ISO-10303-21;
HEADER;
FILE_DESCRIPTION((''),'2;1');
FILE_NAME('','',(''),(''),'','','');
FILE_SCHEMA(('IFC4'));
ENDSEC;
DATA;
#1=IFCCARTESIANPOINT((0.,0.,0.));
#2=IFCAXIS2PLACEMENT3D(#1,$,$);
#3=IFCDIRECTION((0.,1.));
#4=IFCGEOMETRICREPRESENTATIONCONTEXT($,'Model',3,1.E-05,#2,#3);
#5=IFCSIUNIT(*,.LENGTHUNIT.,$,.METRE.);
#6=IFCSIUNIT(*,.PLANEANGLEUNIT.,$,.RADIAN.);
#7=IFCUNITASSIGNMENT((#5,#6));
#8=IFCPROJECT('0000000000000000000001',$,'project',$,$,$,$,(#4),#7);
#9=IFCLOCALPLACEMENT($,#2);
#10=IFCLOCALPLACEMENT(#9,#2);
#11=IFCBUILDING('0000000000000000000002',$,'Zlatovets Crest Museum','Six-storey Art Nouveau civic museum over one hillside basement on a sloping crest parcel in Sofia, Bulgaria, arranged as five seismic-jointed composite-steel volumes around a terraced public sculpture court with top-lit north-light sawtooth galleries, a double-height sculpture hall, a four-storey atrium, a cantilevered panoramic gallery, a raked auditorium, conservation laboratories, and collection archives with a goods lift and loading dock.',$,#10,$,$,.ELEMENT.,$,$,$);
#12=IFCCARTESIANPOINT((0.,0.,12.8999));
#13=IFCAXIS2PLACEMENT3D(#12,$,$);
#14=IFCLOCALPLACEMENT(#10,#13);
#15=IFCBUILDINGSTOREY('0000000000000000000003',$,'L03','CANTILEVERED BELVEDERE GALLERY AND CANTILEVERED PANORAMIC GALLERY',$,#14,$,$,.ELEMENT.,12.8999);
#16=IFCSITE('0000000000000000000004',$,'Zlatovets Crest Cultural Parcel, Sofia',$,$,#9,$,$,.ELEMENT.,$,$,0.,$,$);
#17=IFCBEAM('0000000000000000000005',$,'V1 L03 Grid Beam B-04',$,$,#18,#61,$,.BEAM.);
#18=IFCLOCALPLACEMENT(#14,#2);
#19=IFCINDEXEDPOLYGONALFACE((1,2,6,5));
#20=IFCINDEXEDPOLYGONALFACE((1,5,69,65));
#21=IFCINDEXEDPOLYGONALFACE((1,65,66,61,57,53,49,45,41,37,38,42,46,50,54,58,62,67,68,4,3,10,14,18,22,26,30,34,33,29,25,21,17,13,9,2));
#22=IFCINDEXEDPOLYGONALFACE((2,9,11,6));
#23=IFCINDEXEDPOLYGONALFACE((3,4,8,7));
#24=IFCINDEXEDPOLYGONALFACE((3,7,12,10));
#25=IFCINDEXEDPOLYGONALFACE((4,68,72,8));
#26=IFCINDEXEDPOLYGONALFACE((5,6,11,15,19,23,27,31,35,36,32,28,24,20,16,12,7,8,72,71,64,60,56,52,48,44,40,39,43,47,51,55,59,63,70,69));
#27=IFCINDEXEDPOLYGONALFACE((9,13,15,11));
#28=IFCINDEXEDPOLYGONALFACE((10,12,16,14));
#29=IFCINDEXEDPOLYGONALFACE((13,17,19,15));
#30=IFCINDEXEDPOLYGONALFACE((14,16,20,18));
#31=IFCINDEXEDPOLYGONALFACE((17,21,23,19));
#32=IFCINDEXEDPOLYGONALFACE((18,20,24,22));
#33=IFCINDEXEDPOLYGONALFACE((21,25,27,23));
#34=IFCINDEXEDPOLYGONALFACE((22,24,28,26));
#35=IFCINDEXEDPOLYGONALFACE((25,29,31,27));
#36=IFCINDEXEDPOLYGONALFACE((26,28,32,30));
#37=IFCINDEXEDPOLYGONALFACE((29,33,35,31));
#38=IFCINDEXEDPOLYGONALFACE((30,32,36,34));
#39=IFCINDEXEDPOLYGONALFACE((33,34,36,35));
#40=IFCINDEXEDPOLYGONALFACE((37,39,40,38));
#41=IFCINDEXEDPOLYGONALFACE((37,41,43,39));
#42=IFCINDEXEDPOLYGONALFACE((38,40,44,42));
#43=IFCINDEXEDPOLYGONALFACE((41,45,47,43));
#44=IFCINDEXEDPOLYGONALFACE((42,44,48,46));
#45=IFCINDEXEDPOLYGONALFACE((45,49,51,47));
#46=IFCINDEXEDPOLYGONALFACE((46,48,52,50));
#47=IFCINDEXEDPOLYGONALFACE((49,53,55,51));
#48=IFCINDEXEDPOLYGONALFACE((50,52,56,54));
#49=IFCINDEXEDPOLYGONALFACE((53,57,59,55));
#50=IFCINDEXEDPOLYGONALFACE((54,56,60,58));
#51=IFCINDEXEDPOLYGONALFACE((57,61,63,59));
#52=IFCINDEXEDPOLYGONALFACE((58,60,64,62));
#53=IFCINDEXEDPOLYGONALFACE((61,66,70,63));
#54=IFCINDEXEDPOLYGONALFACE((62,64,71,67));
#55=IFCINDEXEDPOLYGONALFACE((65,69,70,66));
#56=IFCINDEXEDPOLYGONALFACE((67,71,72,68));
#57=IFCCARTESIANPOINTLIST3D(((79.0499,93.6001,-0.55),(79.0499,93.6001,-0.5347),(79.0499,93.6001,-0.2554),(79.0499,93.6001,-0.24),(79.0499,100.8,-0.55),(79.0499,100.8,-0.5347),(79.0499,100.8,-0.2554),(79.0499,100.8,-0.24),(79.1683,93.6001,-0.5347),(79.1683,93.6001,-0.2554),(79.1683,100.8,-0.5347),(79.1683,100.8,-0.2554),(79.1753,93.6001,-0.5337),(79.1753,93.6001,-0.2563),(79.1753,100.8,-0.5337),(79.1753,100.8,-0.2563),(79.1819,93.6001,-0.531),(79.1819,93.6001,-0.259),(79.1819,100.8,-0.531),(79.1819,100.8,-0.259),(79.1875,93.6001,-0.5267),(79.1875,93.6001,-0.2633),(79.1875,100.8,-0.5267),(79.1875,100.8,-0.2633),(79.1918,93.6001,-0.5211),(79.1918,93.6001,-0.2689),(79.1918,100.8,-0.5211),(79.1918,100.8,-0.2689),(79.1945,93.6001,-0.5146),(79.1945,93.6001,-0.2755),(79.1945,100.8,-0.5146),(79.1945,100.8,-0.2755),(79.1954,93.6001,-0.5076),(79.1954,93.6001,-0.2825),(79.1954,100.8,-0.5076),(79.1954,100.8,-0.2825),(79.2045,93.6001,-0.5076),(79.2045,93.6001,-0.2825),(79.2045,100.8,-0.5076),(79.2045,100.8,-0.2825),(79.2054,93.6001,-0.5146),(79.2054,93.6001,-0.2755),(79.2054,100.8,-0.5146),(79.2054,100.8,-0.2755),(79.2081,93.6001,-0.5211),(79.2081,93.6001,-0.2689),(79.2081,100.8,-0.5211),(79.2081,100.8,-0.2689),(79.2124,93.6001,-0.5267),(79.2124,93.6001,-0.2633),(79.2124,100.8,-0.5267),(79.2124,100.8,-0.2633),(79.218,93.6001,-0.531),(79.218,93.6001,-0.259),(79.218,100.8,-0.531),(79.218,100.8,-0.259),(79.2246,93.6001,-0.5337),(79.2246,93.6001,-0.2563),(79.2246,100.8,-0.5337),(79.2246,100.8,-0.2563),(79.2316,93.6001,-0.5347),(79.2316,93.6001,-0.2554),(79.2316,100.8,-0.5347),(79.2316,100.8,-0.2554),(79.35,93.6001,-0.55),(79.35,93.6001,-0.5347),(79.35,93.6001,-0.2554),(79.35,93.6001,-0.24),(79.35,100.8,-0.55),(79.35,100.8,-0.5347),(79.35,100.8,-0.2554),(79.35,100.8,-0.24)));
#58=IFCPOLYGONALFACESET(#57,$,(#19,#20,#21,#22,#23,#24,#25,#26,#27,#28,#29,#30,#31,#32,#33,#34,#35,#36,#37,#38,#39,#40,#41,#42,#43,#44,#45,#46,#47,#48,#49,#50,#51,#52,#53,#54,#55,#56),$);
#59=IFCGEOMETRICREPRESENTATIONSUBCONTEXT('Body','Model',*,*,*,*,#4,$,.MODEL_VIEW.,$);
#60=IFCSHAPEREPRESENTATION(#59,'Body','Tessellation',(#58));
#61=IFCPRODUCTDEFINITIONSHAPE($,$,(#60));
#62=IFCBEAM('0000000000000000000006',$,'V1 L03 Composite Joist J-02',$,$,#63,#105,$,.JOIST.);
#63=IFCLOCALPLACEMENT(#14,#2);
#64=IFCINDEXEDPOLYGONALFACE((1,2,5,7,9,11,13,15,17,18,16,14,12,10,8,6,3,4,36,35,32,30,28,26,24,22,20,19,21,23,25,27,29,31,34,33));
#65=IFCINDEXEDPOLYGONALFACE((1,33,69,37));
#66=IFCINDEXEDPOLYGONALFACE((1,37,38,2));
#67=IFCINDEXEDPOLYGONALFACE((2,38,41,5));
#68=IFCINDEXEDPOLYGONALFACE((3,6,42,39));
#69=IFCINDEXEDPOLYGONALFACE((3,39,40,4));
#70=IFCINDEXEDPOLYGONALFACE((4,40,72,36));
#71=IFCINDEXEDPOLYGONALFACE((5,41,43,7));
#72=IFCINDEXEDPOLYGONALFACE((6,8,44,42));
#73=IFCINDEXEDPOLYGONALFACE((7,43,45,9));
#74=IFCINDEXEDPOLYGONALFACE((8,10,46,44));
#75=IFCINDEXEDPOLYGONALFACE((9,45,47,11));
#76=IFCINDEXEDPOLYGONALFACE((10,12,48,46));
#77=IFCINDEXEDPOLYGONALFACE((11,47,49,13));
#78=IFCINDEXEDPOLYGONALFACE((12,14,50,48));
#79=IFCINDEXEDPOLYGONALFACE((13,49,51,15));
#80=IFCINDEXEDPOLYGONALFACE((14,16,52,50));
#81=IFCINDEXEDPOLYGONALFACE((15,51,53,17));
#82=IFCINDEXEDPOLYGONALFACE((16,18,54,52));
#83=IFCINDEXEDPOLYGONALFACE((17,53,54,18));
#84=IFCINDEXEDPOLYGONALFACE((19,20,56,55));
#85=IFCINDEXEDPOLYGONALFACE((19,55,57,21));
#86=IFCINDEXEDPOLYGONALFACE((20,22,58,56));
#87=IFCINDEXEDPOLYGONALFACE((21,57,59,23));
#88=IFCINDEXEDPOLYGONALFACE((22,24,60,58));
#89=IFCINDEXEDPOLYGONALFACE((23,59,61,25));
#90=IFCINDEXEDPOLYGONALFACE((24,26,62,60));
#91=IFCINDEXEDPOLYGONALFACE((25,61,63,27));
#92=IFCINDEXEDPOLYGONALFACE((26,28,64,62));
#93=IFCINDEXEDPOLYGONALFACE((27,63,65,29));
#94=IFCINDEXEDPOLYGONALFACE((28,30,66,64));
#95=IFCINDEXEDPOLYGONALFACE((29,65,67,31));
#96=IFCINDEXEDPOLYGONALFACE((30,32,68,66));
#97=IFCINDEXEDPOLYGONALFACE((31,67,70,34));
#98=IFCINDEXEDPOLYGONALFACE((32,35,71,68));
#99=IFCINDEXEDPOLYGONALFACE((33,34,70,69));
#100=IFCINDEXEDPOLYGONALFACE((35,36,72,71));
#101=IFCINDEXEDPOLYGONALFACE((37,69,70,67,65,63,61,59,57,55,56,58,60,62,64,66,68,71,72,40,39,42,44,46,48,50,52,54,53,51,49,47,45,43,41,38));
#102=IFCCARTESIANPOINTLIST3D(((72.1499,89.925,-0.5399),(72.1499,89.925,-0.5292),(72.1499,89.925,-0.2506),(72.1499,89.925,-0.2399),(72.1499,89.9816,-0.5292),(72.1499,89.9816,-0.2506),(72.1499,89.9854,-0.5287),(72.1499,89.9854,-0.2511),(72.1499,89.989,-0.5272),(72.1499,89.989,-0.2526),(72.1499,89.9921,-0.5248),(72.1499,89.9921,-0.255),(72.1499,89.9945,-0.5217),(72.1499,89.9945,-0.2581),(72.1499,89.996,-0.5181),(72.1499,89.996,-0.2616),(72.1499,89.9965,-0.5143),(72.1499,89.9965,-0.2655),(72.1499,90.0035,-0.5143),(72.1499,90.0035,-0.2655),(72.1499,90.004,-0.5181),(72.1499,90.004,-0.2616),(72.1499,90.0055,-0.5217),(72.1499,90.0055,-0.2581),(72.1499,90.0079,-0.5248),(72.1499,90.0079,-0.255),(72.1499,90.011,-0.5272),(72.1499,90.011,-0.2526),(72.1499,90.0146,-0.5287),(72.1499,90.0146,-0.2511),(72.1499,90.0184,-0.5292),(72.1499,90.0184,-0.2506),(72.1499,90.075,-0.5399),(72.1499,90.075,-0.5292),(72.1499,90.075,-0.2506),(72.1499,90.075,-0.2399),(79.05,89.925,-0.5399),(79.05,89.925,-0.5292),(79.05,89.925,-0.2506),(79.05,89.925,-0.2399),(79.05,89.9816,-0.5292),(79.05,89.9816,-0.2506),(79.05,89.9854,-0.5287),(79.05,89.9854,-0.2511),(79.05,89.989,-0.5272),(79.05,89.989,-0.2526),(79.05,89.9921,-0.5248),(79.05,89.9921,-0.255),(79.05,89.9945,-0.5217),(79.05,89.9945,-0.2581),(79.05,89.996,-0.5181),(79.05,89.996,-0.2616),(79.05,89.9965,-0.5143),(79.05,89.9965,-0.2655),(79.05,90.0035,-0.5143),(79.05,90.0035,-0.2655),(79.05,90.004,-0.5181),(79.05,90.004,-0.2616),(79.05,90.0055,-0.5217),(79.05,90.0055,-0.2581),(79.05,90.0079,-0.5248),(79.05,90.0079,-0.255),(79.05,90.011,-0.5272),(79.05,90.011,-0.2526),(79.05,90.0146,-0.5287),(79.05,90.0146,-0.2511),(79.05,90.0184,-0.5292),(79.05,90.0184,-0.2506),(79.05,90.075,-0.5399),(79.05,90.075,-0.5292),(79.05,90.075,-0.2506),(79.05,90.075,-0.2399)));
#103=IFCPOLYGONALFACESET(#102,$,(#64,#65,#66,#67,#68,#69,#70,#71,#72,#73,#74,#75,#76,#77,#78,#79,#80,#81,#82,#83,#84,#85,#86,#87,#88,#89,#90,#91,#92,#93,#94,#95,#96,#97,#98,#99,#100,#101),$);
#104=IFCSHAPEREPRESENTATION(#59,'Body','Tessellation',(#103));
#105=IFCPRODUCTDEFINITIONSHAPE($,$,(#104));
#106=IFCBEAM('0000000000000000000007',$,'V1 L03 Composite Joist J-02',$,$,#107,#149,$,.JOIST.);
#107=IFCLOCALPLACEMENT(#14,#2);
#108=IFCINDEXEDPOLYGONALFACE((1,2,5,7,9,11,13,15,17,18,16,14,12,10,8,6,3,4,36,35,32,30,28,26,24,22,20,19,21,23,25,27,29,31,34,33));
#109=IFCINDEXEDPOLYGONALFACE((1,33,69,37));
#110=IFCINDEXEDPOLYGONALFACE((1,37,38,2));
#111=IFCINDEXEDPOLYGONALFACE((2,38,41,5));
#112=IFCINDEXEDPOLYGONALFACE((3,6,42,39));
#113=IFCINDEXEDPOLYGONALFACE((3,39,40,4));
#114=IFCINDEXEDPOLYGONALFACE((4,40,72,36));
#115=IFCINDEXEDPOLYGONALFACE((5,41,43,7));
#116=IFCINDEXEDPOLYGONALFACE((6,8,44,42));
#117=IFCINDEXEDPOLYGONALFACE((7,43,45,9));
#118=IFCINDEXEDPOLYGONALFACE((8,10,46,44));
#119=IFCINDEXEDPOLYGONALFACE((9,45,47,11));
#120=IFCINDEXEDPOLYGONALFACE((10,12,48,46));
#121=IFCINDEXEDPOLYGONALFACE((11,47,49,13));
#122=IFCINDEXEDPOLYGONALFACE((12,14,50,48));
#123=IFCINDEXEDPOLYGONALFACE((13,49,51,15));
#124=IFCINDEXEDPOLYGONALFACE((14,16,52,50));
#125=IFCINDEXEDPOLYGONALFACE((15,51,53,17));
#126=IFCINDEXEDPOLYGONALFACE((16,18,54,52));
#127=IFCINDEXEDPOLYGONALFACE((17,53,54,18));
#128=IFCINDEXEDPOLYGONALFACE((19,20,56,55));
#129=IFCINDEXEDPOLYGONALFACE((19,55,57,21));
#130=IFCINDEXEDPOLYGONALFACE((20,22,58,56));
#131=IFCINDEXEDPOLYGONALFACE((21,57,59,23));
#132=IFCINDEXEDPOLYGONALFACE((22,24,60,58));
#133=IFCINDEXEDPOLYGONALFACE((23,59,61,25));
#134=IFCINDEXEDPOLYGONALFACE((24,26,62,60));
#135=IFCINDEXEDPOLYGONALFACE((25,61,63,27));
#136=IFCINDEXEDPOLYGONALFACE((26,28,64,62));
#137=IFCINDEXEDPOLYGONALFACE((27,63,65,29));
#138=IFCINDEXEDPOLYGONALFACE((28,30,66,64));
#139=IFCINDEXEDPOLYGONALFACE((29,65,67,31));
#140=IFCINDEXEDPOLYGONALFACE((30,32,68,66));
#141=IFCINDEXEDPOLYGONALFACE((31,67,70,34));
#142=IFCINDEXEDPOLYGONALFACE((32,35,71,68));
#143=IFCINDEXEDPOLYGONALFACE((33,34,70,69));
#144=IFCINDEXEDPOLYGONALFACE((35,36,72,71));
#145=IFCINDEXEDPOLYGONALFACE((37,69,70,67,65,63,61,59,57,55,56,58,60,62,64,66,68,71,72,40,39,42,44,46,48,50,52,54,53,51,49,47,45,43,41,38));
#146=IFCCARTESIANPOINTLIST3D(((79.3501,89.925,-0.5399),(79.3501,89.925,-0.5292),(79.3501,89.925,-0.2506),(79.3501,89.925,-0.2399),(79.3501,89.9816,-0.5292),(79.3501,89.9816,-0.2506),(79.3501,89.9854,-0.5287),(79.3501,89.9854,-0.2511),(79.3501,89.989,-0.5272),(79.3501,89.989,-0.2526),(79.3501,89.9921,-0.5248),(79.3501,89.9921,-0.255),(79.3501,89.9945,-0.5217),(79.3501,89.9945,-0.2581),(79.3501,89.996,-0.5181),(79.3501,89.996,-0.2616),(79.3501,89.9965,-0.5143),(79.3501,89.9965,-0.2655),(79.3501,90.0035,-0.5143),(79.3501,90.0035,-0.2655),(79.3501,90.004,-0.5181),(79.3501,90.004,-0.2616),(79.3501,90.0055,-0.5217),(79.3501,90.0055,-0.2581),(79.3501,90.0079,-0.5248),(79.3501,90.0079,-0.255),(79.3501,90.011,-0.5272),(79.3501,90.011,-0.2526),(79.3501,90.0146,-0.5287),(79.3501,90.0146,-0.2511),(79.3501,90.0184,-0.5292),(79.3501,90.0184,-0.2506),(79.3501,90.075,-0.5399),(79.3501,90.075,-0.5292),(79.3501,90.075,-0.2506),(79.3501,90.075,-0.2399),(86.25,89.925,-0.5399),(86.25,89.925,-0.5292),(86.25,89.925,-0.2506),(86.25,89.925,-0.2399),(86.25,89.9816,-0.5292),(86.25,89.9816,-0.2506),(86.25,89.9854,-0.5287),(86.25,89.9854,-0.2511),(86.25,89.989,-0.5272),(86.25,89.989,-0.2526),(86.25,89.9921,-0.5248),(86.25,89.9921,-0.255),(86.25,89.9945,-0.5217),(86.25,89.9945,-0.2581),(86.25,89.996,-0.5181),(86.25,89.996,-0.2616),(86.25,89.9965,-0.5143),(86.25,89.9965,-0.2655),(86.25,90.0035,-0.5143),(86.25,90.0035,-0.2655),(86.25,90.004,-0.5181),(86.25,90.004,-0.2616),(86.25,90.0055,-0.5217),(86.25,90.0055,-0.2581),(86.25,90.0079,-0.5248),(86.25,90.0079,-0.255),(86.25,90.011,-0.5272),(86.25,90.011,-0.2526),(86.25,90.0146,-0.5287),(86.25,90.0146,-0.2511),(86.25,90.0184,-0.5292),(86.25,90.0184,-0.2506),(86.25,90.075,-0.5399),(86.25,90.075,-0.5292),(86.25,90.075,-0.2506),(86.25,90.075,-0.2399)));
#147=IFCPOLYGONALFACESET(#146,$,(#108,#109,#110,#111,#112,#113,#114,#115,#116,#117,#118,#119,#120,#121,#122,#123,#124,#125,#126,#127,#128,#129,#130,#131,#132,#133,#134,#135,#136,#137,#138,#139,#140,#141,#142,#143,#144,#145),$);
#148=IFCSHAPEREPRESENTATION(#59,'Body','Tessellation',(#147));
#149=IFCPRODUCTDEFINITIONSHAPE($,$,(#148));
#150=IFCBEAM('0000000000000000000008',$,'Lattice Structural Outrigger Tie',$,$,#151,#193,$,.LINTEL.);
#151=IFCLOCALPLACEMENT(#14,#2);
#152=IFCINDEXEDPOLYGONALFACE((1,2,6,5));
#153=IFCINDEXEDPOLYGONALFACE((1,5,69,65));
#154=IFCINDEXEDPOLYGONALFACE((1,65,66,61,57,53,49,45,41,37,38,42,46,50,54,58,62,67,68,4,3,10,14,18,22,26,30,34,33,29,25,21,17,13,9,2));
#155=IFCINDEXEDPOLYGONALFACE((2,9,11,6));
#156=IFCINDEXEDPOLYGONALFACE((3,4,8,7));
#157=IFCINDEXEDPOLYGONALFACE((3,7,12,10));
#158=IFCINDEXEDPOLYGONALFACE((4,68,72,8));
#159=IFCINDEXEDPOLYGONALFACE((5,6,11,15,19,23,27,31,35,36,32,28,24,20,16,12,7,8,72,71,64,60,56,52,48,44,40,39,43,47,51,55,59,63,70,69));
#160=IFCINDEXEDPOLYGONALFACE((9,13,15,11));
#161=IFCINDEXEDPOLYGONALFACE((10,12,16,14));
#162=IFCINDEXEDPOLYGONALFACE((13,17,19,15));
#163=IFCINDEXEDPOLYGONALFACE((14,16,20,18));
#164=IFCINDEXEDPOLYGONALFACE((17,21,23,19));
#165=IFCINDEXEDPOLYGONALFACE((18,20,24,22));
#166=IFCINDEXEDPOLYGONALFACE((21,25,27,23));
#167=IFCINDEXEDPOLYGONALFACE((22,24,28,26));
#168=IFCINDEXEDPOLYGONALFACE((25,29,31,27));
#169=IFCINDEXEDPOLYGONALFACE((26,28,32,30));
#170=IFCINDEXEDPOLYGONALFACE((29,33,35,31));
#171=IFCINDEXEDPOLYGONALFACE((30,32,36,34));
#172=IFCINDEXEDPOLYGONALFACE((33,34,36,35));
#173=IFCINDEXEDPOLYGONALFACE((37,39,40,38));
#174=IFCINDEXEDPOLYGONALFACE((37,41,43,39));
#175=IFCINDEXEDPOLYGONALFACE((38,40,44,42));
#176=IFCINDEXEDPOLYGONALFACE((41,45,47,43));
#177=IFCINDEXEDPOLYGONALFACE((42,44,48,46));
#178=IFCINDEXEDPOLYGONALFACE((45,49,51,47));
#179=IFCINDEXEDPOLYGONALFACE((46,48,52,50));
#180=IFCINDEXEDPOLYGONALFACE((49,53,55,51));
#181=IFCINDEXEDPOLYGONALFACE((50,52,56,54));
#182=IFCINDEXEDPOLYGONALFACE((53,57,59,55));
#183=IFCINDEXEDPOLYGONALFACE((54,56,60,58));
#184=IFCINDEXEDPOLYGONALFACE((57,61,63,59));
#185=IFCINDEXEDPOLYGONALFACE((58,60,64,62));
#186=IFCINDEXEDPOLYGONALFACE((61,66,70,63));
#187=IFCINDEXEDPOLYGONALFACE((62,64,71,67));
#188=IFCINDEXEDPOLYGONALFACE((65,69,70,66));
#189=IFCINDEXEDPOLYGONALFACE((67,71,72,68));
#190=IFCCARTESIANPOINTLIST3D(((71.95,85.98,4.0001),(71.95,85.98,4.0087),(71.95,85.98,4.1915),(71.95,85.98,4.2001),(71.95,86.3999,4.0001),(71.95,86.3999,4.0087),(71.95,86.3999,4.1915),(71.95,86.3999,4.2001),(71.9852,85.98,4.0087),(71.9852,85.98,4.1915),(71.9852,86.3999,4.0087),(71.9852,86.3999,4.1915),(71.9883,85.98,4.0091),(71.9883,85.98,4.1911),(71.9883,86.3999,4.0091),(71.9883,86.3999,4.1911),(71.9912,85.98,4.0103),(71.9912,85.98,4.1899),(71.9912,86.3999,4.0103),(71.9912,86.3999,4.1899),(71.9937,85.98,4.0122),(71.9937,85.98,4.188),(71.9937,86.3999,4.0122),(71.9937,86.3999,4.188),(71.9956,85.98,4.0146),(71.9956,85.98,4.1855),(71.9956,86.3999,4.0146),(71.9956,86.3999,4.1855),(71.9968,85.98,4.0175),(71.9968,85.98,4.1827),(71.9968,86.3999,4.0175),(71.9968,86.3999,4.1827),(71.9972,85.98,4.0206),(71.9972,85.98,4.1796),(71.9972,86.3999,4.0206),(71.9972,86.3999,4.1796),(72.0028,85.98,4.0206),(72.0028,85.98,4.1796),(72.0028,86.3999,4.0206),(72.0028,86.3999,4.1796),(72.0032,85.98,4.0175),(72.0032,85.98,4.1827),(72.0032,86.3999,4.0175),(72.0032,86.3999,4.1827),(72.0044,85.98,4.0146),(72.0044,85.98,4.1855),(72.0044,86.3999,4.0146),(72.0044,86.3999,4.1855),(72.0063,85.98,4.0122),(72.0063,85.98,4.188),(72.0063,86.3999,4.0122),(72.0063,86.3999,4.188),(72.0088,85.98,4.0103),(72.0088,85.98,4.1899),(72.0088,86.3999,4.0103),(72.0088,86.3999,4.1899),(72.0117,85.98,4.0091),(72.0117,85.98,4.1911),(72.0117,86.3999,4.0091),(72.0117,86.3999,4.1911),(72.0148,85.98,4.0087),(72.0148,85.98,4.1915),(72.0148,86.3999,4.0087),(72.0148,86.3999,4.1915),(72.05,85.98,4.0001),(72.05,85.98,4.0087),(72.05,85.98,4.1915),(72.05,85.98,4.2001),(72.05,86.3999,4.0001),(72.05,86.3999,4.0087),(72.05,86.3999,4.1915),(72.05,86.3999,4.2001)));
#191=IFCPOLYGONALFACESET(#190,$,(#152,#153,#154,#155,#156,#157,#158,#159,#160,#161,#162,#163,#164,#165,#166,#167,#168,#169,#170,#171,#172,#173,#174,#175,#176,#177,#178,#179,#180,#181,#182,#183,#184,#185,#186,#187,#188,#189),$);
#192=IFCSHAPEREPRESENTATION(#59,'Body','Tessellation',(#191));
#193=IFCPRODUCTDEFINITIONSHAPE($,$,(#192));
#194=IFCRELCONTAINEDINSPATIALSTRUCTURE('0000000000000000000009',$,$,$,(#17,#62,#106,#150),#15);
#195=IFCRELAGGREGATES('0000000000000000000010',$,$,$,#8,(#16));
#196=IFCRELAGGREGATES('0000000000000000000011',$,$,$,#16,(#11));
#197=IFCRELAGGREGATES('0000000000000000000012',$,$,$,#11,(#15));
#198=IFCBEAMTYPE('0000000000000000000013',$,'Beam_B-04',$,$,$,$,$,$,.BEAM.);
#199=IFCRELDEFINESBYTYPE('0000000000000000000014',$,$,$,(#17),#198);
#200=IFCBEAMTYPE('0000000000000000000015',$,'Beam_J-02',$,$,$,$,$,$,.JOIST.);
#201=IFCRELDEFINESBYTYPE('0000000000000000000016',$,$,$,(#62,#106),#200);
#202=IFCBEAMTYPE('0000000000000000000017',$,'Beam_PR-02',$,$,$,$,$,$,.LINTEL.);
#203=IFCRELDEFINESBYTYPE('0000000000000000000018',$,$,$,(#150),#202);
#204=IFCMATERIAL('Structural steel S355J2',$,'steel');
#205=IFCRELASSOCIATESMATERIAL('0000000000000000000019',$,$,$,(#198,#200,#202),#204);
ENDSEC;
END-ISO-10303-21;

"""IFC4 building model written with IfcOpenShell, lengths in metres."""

from ifc_helpers import new_model, si_unit, direction, frame, origin, origin_2d, place, context, subcontext, project, spatial, i_section, extrude, material, material_profile, profile_set, type_object, element, save


model = new_model("IFC4")

# Units and contexts
model_context = context("Model", 3, precision=1e-05, world=origin(), true_north=direction((0.0, 1.0)))
body_context = subcontext(model_context, "Body", "Model", "MODEL_VIEW")
ifc_project = project(units=[si_unit("LENGTHUNIT", "METRE"), si_unit("PLANEANGLEUNIT", "RADIAN")], contexts=[model_context])

# Site, building, storey
site_placement = place(None, origin())
site = spatial("IfcSite", under=ifc_project, at=site_placement, Name="Zlatovets Crest Cultural Parcel, Sofia", CompositionType="ELEMENT", RefElevation=0.0)
building_placement = place(site_placement, origin())
building = spatial("IfcBuilding", under=site, at=building_placement, Name="Zlatovets Crest Museum", Description="Six-storey Art Nouveau civic museum over one hillside basement on a sloping crest parcel in Sofia, Bulgaria, arranged as five seismic-jointed composite-steel volumes around a terraced public sculpture court with top-lit north-light sawtooth galleries, a double-height sculpture hall, a four-storey atrium, a cantilevered panoramic gallery, a raked auditorium, conservation laboratories, and collection archives with a goods lift and loading dock.", CompositionType="ELEMENT")
storey_placement = place(building_placement, frame((0.0, 0.0, 12.8999)))
storey = spatial("IfcBuildingStorey", under=building, at=storey_placement, Name="L03", Description="CANTILEVERED BELVEDERE GALLERY AND CANTILEVERED PANORAMIC GALLERY", CompositionType="ELEMENT", Elevation=12.8999)

# Shared definitions
ifc_material_1 = material(Name="Structural steel S355J2", Category="steel")

# Beams
ifc_material_profile_1 = material_profile(ifc_material_1, i_section(OverallWidth=0.3, OverallDepth=0.3101, WebThickness=0.009, FlangeThickness=0.0154, FilletRadius=0.0271, at=origin_2d()), Name="HEA 320")
ifc_profile_set_1 = profile_set([ifc_material_profile_1], Name="Structural steel S355J2")
beam_type_1 = type_object("IfcBeamType", Name="Beam_B-04", PredefinedType="BEAM", material=ifc_profile_set_1)
beam_1_placement = place(storey_placement, frame((79.2, 93.6001, -0.395), z_axis=(0.0, 1.0, 0.0), x_axis=(-1.0, 0.0, 0.0)))
element("IfcBeam", 1, at=beam_1_placement, inside=storey, type_object=beam_type_1, Name="V1 L03 Grid Beam B-04", PredefinedType="BEAM", context=body_context, shape_type="SweptSolid", body=[
    extrude(i_section(OverallWidth=0.3, OverallDepth=0.3101, WebThickness=0.009, FlangeThickness=0.0154, FilletRadius=0.0271, at=origin_2d()), origin(), (0.0, 0.0, 1.0), 7.2),
])
ifc_material_profile_2 = material_profile(ifc_material_1, i_section(OverallWidth=0.1499, OverallDepth=0.3, WebThickness=0.0071, FlangeThickness=0.0107, FilletRadius=0.0149, at=origin_2d()), Name="IPE 300")
ifc_profile_set_2 = profile_set([ifc_material_profile_2], Name="Structural steel S355J2")
beam_type_2 = type_object("IfcBeamType", Name="Beam_J-02", PredefinedType="JOIST", material=ifc_profile_set_2)
beam_2_placement = place(storey_placement, frame((72.1499, 90.0, -0.3899), z_axis=(1.0, 0.0, 0.0), x_axis=(0.0, 1.0, 0.0)))
element("IfcBeam", 2, at=beam_2_placement, inside=storey, type_object=beam_type_2, Name="V1 L03 Composite Joist J-02", PredefinedType="JOIST", context=body_context, shape_type="SweptSolid", body=[
    extrude(i_section(OverallWidth=0.1499, OverallDepth=0.3, WebThickness=0.0071, FlangeThickness=0.0107, FilletRadius=0.0149, at=origin_2d()), origin(), (0.0, 0.0, 1.0), 6.9001),
])
beam_3_placement = place(storey_placement, frame((79.3501, 90.0, -0.3899), z_axis=(1.0, 0.0, 0.0), x_axis=(0.0, 1.0, 0.0)))
element("IfcBeam", 3, at=beam_3_placement, inside=storey, type_object=beam_type_2, Name="V1 L03 Composite Joist J-02", PredefinedType="JOIST", context=body_context, shape_type="SweptSolid", body=[
    extrude(i_section(OverallWidth=0.1499, OverallDepth=0.3, WebThickness=0.0071, FlangeThickness=0.0107, FilletRadius=0.0149, at=origin_2d()), origin(), (0.0, 0.0, 1.0), 6.8999),
])
ifc_material_profile_3 = material_profile(ifc_material_1, i_section(OverallWidth=0.1001, OverallDepth=0.2, WebThickness=0.0056, FlangeThickness=0.0085, FilletRadius=0.012, at=origin_2d()), Name="IPE 200")
ifc_profile_set_3 = profile_set([ifc_material_profile_3], Name="Structural steel S355J2")
beam_type_3 = type_object("IfcBeamType", Name="Beam_PR-02", PredefinedType="LINTEL", material=ifc_profile_set_3)
for number, where, z_axis, x_axis, name in (
    (4, (72.0, 86.3999, 4.1001), (0.0, -1.0, 0.0), (1.0, 0.0, 0.0), "Lattice Structural Outrigger Tie"),
):
    element("IfcBeam", number, at=place(storey_placement, frame(where, z_axis=z_axis, x_axis=x_axis)), inside=storey, type_object=beam_type_3, Name=name, PredefinedType="LINTEL", context=body_context, shape_type="SweptSolid", body=[
        extrude(i_section(OverallWidth=0.1001, OverallDepth=0.2, WebThickness=0.0056, FlangeThickness=0.0085, FilletRadius=0.012, at=origin_2d()), origin(), (0.0, 0.0, 1.0), 0.4199),
    ])

save(model, "model.ifc")
